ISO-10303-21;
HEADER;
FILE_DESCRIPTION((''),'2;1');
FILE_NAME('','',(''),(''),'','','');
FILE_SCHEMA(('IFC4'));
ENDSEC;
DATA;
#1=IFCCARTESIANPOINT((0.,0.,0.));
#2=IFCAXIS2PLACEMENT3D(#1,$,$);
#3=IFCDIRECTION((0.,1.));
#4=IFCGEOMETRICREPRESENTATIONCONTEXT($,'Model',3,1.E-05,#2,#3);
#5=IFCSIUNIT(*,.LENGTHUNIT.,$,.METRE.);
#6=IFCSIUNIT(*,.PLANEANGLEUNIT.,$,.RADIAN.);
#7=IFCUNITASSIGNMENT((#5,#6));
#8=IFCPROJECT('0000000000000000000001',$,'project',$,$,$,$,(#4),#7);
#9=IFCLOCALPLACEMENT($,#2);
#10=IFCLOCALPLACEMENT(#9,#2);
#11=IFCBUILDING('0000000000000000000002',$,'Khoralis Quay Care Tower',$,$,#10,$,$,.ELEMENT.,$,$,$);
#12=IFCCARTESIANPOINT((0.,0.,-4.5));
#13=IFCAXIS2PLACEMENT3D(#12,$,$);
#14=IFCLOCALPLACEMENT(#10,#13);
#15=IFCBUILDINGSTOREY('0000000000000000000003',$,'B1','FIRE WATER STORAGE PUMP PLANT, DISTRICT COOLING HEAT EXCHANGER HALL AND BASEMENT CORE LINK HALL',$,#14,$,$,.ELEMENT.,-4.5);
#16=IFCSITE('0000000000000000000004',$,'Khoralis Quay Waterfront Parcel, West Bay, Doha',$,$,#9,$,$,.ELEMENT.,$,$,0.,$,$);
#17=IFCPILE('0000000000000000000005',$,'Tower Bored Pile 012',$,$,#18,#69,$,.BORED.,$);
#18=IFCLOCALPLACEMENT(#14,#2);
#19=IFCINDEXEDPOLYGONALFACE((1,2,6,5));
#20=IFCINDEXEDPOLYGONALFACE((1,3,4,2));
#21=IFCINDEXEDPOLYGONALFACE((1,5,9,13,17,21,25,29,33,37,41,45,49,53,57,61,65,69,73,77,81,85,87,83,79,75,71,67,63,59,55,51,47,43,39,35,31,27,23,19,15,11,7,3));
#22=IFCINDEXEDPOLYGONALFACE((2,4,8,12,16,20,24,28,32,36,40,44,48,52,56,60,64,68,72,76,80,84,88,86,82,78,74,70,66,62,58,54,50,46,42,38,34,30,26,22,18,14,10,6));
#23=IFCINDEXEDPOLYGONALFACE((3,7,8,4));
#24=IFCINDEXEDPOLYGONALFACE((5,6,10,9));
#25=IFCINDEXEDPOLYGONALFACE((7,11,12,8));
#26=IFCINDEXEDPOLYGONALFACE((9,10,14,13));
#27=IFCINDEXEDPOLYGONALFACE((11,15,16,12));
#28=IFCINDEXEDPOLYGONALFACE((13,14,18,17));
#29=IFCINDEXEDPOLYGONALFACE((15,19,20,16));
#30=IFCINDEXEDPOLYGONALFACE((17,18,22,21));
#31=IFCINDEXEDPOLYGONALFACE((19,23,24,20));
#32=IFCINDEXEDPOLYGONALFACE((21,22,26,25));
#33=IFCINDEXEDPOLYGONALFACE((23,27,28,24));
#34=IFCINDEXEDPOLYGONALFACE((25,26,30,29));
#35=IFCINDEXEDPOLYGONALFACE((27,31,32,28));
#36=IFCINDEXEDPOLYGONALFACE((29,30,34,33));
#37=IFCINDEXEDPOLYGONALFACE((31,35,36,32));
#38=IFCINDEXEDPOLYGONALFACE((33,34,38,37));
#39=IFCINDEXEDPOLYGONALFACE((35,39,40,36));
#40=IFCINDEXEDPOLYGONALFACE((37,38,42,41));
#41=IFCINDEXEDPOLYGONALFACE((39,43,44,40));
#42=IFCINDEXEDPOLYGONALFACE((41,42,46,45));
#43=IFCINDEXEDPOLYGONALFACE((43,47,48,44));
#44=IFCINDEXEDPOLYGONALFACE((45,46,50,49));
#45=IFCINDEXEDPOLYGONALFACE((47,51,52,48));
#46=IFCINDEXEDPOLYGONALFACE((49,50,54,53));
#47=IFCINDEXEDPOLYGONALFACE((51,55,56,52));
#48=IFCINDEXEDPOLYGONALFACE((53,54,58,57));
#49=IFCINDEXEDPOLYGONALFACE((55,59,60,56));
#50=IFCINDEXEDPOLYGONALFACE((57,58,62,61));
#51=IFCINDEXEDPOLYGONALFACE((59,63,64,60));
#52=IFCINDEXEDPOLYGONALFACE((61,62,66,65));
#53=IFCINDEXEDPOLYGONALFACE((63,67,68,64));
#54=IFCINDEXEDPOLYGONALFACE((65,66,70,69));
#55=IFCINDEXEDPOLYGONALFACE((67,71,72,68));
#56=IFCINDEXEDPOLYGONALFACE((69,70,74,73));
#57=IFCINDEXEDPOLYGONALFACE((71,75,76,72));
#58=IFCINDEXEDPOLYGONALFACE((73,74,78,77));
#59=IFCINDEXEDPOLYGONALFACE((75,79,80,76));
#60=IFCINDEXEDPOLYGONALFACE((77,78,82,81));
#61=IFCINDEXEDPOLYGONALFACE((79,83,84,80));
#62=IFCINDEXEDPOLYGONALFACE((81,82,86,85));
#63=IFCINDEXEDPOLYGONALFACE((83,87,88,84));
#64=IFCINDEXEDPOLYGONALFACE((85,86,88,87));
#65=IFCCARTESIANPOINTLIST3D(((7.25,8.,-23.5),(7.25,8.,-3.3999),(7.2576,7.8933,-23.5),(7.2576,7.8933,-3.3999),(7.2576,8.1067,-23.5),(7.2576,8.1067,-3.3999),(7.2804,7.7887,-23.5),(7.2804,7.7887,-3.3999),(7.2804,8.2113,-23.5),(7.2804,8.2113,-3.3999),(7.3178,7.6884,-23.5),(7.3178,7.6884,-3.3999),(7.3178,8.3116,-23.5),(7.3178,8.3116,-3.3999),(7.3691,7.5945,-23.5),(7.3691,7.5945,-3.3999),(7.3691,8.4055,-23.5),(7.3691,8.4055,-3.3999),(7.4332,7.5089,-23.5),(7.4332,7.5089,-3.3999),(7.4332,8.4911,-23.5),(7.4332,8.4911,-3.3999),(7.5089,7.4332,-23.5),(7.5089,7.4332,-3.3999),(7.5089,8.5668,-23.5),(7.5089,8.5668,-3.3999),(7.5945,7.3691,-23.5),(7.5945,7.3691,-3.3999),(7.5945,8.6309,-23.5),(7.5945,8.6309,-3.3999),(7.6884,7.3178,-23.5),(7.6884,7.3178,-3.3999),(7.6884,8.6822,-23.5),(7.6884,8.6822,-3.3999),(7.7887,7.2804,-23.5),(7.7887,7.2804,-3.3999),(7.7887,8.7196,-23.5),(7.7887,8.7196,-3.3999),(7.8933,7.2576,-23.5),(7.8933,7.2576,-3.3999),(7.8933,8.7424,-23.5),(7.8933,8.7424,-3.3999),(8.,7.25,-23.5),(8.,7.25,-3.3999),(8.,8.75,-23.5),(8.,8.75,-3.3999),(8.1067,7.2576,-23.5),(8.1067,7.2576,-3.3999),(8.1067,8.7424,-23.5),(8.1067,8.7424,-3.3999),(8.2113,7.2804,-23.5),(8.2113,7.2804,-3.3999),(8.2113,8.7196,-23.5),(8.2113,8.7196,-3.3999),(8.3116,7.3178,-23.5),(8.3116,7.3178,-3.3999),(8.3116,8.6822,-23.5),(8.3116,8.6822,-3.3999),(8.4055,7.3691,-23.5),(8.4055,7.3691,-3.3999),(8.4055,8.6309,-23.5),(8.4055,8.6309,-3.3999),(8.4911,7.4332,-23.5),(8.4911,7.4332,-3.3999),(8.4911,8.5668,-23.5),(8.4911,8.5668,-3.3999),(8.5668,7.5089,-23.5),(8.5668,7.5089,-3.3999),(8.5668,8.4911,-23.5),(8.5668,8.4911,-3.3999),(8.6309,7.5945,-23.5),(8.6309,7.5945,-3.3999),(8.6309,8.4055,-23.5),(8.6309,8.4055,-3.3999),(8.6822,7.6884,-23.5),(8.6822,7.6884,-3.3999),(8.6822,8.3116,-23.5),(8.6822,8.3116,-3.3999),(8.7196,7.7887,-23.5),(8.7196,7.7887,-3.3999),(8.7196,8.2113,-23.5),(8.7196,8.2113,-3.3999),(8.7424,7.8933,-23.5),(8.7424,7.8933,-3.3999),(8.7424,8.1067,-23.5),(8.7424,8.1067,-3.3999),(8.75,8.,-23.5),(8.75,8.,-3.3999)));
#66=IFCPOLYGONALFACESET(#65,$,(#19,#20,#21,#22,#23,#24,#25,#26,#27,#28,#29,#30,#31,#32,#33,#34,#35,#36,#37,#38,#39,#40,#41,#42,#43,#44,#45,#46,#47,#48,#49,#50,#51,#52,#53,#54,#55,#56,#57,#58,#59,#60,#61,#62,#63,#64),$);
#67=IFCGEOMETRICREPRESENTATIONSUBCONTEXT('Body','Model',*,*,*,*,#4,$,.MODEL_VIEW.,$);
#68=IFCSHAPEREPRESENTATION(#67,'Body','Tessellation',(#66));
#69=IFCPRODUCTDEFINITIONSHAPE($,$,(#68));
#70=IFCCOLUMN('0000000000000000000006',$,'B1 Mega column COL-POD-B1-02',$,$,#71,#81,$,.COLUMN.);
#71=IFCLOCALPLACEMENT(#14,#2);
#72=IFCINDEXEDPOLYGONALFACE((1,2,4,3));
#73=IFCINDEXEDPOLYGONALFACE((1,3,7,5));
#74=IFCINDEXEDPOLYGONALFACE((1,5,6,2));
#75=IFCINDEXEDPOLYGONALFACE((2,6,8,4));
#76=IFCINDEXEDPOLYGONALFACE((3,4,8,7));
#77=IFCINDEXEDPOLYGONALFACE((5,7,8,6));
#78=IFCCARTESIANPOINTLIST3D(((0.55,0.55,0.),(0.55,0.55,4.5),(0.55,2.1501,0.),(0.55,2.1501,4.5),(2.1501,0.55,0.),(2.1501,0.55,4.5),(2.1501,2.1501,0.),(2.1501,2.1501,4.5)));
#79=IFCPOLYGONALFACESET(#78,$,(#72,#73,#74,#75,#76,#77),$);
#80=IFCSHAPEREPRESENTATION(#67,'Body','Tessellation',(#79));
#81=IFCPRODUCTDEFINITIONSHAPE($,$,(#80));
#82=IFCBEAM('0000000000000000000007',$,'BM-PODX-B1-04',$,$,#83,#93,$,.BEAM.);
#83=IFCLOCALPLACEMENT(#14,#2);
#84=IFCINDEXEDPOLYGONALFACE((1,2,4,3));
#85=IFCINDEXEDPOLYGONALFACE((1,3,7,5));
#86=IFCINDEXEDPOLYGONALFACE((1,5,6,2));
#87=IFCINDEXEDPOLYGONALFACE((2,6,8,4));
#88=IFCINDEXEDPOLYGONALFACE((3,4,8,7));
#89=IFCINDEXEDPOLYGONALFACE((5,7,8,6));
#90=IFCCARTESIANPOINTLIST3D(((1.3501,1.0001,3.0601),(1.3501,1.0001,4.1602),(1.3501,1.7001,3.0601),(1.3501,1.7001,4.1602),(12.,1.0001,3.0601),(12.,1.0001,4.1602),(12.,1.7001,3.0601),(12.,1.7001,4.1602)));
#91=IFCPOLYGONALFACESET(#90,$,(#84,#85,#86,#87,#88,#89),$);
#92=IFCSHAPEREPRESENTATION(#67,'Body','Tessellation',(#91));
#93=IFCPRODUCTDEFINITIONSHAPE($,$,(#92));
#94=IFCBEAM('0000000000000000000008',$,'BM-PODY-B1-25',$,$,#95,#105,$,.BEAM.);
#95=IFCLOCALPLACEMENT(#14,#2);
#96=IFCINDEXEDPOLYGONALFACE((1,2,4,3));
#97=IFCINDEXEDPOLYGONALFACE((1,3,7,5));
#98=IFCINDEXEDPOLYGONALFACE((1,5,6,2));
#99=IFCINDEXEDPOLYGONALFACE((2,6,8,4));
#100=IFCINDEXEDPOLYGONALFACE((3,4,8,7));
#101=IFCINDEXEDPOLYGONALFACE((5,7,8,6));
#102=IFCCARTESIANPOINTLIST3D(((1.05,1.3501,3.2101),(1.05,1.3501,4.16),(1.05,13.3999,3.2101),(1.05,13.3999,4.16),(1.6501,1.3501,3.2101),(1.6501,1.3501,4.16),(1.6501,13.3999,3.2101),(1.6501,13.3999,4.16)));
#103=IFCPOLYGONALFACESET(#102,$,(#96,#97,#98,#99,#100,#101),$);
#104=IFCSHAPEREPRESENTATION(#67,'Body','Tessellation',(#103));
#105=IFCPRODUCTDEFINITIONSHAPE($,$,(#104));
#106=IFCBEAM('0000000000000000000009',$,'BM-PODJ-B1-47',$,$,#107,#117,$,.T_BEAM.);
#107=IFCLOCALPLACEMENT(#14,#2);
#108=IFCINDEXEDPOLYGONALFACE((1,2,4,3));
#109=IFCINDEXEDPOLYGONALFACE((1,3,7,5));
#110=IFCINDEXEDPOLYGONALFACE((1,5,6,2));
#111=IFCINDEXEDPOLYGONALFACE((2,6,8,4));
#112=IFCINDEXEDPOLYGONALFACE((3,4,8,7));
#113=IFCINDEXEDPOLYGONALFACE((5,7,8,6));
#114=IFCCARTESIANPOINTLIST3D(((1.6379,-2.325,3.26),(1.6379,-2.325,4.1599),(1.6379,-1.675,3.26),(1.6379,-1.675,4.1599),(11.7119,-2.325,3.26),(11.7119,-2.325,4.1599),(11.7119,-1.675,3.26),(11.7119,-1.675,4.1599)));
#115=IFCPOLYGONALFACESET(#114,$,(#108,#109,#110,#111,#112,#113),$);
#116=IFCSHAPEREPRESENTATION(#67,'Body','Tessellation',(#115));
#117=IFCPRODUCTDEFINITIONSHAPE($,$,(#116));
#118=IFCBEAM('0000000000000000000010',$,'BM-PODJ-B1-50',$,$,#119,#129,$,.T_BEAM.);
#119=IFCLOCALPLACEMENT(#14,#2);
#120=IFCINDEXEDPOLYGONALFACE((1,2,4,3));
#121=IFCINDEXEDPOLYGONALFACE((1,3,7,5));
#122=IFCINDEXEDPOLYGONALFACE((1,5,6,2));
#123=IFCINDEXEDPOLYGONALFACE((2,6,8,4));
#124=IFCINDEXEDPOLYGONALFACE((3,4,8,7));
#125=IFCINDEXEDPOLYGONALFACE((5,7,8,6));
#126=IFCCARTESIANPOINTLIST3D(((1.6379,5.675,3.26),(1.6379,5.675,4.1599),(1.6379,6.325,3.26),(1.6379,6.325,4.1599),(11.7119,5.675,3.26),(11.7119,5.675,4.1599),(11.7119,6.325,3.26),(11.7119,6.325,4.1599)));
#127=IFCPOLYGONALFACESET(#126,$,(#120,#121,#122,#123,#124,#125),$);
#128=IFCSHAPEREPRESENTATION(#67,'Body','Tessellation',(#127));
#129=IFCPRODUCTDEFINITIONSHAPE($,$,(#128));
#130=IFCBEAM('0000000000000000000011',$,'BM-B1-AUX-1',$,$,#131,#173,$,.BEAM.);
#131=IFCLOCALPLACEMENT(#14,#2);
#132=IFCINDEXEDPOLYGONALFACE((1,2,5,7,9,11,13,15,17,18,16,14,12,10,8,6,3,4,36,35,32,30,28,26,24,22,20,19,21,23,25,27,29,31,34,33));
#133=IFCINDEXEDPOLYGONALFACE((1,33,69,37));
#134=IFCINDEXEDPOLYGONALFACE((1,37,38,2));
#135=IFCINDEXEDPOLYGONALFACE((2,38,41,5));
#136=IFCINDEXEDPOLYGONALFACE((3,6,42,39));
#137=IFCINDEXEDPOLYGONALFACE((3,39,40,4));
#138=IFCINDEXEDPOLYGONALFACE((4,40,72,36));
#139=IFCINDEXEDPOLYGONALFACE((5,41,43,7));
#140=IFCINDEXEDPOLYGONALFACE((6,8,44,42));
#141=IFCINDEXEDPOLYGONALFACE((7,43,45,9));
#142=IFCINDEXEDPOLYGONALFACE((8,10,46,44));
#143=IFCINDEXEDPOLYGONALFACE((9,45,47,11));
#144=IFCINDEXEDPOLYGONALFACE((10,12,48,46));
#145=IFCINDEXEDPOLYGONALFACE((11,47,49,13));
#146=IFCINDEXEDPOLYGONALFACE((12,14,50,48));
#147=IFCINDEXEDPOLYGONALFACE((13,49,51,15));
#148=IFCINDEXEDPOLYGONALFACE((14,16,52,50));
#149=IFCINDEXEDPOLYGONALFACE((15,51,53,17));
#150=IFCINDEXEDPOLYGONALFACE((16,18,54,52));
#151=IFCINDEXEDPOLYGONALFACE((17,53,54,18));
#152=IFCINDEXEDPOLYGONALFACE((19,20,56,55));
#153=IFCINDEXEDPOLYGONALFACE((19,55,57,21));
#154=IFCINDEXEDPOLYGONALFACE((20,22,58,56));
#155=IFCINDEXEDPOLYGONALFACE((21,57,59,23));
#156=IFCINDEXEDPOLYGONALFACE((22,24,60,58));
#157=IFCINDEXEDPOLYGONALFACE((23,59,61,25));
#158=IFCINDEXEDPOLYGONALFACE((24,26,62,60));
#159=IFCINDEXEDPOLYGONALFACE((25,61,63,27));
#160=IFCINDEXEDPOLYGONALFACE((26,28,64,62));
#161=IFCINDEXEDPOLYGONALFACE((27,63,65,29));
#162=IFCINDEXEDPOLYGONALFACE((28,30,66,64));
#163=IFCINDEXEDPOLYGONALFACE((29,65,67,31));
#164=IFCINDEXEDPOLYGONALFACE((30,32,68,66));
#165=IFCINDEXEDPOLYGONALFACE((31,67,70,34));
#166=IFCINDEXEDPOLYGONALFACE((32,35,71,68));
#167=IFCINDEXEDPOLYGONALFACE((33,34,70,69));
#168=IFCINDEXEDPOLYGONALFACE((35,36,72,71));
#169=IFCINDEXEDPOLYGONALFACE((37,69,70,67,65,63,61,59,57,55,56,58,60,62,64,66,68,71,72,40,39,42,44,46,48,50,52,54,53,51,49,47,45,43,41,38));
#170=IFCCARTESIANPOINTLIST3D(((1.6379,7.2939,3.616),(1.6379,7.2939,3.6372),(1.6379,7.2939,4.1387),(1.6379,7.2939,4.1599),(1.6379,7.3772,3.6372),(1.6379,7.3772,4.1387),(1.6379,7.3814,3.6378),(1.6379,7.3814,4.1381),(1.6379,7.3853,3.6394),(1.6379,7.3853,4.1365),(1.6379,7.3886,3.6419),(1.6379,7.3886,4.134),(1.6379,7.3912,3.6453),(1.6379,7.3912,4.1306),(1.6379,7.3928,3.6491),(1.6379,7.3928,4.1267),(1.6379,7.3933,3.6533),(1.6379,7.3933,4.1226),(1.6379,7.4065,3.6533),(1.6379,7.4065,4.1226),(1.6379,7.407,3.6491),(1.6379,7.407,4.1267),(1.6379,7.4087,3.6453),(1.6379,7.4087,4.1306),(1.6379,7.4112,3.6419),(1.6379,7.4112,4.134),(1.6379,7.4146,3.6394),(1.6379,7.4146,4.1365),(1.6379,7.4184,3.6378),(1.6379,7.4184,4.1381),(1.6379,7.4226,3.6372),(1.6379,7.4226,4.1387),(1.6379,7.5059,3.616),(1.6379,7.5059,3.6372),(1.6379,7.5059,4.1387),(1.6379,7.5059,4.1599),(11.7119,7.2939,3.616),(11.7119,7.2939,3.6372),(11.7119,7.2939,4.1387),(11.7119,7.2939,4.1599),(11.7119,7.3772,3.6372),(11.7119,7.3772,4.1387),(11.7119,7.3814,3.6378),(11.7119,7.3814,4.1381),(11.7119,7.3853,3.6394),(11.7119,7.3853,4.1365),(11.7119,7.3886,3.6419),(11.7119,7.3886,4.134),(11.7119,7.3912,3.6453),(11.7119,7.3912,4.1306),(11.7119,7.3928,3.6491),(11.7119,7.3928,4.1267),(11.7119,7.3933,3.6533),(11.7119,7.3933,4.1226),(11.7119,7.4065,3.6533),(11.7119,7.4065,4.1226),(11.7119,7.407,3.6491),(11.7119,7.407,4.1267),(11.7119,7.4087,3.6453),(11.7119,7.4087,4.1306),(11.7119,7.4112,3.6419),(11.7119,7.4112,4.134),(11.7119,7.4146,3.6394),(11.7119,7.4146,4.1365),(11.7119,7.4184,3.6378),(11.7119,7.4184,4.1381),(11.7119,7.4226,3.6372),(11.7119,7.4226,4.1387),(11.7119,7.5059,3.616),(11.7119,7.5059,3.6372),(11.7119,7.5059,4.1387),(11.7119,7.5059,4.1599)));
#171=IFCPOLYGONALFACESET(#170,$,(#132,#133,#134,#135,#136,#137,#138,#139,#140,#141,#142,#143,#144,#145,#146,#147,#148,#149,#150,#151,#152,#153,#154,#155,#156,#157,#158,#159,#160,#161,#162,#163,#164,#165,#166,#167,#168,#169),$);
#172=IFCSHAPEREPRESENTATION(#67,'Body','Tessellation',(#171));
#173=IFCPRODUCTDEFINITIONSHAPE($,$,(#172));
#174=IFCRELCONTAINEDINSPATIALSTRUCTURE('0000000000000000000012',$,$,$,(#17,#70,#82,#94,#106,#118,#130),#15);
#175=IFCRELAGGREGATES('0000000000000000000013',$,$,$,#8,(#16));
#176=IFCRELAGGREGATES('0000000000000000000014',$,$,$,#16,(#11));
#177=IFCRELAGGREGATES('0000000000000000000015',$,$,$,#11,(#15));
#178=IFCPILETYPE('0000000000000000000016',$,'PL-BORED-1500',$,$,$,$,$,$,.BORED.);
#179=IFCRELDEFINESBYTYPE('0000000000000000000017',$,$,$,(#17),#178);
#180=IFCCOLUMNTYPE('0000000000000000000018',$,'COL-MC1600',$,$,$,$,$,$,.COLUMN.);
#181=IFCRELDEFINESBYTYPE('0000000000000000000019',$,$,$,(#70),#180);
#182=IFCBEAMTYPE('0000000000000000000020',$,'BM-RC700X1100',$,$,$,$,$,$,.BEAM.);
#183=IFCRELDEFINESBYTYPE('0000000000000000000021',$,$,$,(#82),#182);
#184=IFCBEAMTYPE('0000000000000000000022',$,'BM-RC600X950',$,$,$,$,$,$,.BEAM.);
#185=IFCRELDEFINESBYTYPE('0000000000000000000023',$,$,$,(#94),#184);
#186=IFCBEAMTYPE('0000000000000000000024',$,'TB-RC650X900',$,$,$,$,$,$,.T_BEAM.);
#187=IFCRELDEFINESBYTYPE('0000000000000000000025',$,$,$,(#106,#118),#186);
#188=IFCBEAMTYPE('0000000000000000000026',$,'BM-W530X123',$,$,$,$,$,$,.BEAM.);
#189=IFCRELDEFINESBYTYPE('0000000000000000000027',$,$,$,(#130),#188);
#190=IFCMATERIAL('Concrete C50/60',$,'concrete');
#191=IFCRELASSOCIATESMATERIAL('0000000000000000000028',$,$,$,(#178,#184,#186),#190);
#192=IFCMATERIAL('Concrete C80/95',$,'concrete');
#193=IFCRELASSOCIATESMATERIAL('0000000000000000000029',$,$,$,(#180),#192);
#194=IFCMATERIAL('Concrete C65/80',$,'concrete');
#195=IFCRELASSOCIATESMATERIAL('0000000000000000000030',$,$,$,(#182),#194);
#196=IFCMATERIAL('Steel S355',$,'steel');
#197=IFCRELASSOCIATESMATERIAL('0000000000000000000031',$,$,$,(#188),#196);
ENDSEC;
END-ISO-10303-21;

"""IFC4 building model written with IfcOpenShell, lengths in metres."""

from ifc_helpers import new_model, si_unit, direction, frame, origin, origin_2d, place, context, subcontext, project, spatial, rectangle, circle, i_section, extrude, source, transform, mapped, material, material_profile, profile_set, type_object, element, save


model = new_model("IFC4")

# Units and contexts
model_context = context("Model", 3, precision=1e-05, world=origin(), true_north=direction((0.0, 1.0)))
body_context = subcontext(model_context, "Body", "Model", "MODEL_VIEW")
ifc_project = project(units=[si_unit("LENGTHUNIT", "METRE"), si_unit("PLANEANGLEUNIT", "RADIAN")], contexts=[model_context])

# Site, building, storey
site_placement = place(None, origin())
site = spatial("IfcSite", under=ifc_project, at=site_placement, Name="Khoralis Quay Waterfront Parcel, West Bay, Doha", CompositionType="ELEMENT", RefElevation=0.0)
building_placement = place(site_placement, origin())
building = spatial("IfcBuilding", under=site, at=building_placement, Name="Khoralis Quay Care Tower", CompositionType="ELEMENT")
storey_placement = place(building_placement, frame((0.0, 0.0, -4.5)))
storey = spatial("IfcBuildingStorey", under=building, at=storey_placement, Name="B1", Description="FIRE WATER STORAGE PUMP PLANT, DISTRICT COOLING HEAT EXCHANGER HALL AND BASEMENT CORE LINK HALL", CompositionType="ELEMENT", Elevation=-4.5)

# Pile
ifc_material_1 = material(Name="Concrete C50/60", Category="concrete")
ifc_material_profile_1 = material_profile(ifc_material_1, circle(Radius=0.75, at=origin_2d()), Name="Concrete C50/60")
ifc_profile_set_1 = profile_set([ifc_material_profile_1], Name="Concrete C50/60")
pile_type_1 = type_object("IfcPileType", Name="PL-BORED-1500", PredefinedType="BORED", material=ifc_profile_set_1)
shared_shape_1 = source(origin(), body_context, "Body", "SweptSolid", [
    extrude(circle(Radius=0.75, at=origin_2d()), origin(), (0.0, 0.0, 1.0), 20.1001),
])
pile_placement = place(storey_placement, frame((8.0, 8.0, -3.3999), z_axis=(0.0, 0.0, -1.0), x_axis=(1.0, 0.0, 0.0)))
element("IfcPile", 1, at=pile_placement, inside=storey, type_object=pile_type_1, Name="Tower Bored Pile 012", PredefinedType="BORED", context=body_context, shape_type="MappedRepresentation", body=[
    mapped(shared_shape_1, transform((0.0, 0.0, 0.0), scale=1.0)),
])

# Column
ifc_material_2 = material(Name="Concrete C80/95", Category="concrete")
ifc_material_profile_2 = material_profile(ifc_material_2, rectangle(XDim=1.6001, YDim=1.6001, at=origin_2d()), Name="Concrete C80/95")
ifc_profile_set_2 = profile_set([ifc_material_profile_2], Name="Concrete C80/95")
column_type = type_object("IfcColumnType", Name="COL-MC1600", PredefinedType="COLUMN", material=ifc_profile_set_2)
shared_shape_2 = source(origin(), body_context, "Body", "SweptSolid", [
    extrude(rectangle(XDim=1.6001, YDim=1.6001, at=origin_2d()), origin(), (0.0, 0.0, 1.0), 4.5),
])
column_placement = place(storey_placement, frame((1.3501, 1.3501, 0.0), z_axis=(0.0, 0.0, 1.0), x_axis=(1.0, 0.0, 0.0)))
element("IfcColumn", 2, at=column_placement, inside=storey, type_object=column_type, Name="B1 Mega column COL-POD-B1-02", PredefinedType="COLUMN", context=body_context, shape_type="MappedRepresentation", body=[
    mapped(shared_shape_2, transform((0.0, 0.0, 0.0), scale=1.0)),
])

# Beams
ifc_material_3 = material(Name="Concrete C65/80", Category="concrete")
ifc_material_profile_3 = material_profile(ifc_material_3, rectangle(XDim=0.7, YDim=1.1001, at=origin_2d()), Name="Concrete C65/80")
ifc_profile_set_3 = profile_set([ifc_material_profile_3], Name="Concrete C65/80")
beam_type_1 = type_object("IfcBeamType", Name="BM-RC700X1100", PredefinedType="BEAM", material=ifc_profile_set_3)
shared_shape_3 = source(origin(), body_context, "Body", "SweptSolid", [
    extrude(rectangle(XDim=0.7, YDim=1.1001, at=origin_2d()), origin(), (0.0, 0.0, 1.0), 10.6499),
])
beam_1_placement = place(storey_placement, frame((1.3501, 1.3501, 3.6101), z_axis=(1.0, 0.0, 0.0), x_axis=(0.0, 1.0, 0.0)))
element("IfcBeam", 3, at=beam_1_placement, inside=storey, type_object=beam_type_1, Name="BM-PODX-B1-04", PredefinedType="BEAM", context=body_context, shape_type="MappedRepresentation", body=[
    mapped(shared_shape_3, transform((0.0, 0.0, 0.0), scale=1.0)),
])
ifc_material_profile_4 = material_profile(ifc_material_1, rectangle(XDim=0.6001, YDim=0.95, at=origin_2d()), Name="Concrete C50/60")
ifc_profile_set_4 = profile_set([ifc_material_profile_4], Name="Concrete C50/60")
beam_type_2 = type_object("IfcBeamType", Name="BM-RC600X950", PredefinedType="BEAM", material=ifc_profile_set_4)
shared_shape_4 = source(origin(), body_context, "Body", "SweptSolid", [
    extrude(rectangle(XDim=0.6001, YDim=0.95, at=origin_2d()), origin(), (0.0, 0.0, 1.0), 12.0498),
])
beam_2_placement = place(storey_placement, frame((1.3501, 1.3501, 3.6851), z_axis=(0.0, 1.0, 0.0), x_axis=(-1.0, 0.0, 0.0)))
element("IfcBeam", 4, at=beam_2_placement, inside=storey, type_object=beam_type_2, Name="BM-PODY-B1-25", PredefinedType="BEAM", context=body_context, shape_type="MappedRepresentation", body=[
    mapped(shared_shape_4, transform((0.0, 0.0, 0.0), scale=1.0)),
])
ifc_material_profile_5 = material_profile(ifc_material_1, rectangle(XDim=0.6499, YDim=0.8999, at=origin_2d()), Name="Concrete C50/60")
ifc_profile_set_5 = profile_set([ifc_material_profile_5], Name="Concrete C50/60")
beam_type_3 = type_object("IfcBeamType", Name="TB-RC650X900", PredefinedType="T_BEAM", material=ifc_profile_set_5)
shared_shape_5 = source(origin(), body_context, "Body", "SweptSolid", [
    extrude(rectangle(XDim=0.6499, YDim=0.8999, at=origin_2d()), origin(), (0.0, 0.0, 1.0), 10.074),
])
for number, where, z_axis, x_axis, name in (
    (5, (1.6379, -2.0, 3.71), (1.0, 0.0, 0.0), (0.0, 1.0, 0.0), "BM-PODJ-B1-47"),
    (6, (1.6379, 6.0, 3.71), (1.0, 0.0, 0.0), (0.0, 1.0, 0.0), "BM-PODJ-B1-50"),
):
    element("IfcBeam", number, at=place(storey_placement, frame(where, z_axis=z_axis, x_axis=x_axis)), inside=storey, type_object=beam_type_3, Name=name, PredefinedType="T_BEAM", context=body_context, shape_type="MappedRepresentation", body=[
        mapped(shared_shape_5, transform((0.0, 0.0, 0.0), scale=1.0)),
    ])
ifc_material_4 = material(Name="Steel S355", Category="steel")
ifc_material_profile_6 = material_profile(ifc_material_4, i_section(OverallWidth=0.2119, OverallDepth=0.5439, WebThickness=0.0132, FlangeThickness=0.0212, FilletRadius=0.0161, at=origin_2d()), Name="Steel S355")
ifc_profile_set_6 = profile_set([ifc_material_profile_6], Name="Steel S355")
beam_type_4 = type_object("IfcBeamType", Name="BM-W530X123", PredefinedType="BEAM", material=ifc_profile_set_6)
shared_shape_6 = source(origin(), body_context, "Body", "SweptSolid", [
    extrude(i_section(OverallWidth=0.2119, OverallDepth=0.5439, WebThickness=0.0132, FlangeThickness=0.0212, FilletRadius=0.0161, at=origin_2d()), origin(), (0.0, 0.0, 1.0), 10.074),
])
beam_3_placement = place(storey_placement, frame((1.6379, 7.3999, 3.8879), z_axis=(1.0, 0.0, 0.0), x_axis=(0.0, 1.0, 0.0)))
element("IfcBeam", 7, at=beam_3_placement, inside=storey, type_object=beam_type_4, Name="BM-B1-AUX-1", PredefinedType="BEAM", context=body_context, shape_type="MappedRepresentation", body=[
    mapped(shared_shape_6, transform((0.0, 0.0, 0.0), scale=1.0)),
])

save(model, "model.ifc")
